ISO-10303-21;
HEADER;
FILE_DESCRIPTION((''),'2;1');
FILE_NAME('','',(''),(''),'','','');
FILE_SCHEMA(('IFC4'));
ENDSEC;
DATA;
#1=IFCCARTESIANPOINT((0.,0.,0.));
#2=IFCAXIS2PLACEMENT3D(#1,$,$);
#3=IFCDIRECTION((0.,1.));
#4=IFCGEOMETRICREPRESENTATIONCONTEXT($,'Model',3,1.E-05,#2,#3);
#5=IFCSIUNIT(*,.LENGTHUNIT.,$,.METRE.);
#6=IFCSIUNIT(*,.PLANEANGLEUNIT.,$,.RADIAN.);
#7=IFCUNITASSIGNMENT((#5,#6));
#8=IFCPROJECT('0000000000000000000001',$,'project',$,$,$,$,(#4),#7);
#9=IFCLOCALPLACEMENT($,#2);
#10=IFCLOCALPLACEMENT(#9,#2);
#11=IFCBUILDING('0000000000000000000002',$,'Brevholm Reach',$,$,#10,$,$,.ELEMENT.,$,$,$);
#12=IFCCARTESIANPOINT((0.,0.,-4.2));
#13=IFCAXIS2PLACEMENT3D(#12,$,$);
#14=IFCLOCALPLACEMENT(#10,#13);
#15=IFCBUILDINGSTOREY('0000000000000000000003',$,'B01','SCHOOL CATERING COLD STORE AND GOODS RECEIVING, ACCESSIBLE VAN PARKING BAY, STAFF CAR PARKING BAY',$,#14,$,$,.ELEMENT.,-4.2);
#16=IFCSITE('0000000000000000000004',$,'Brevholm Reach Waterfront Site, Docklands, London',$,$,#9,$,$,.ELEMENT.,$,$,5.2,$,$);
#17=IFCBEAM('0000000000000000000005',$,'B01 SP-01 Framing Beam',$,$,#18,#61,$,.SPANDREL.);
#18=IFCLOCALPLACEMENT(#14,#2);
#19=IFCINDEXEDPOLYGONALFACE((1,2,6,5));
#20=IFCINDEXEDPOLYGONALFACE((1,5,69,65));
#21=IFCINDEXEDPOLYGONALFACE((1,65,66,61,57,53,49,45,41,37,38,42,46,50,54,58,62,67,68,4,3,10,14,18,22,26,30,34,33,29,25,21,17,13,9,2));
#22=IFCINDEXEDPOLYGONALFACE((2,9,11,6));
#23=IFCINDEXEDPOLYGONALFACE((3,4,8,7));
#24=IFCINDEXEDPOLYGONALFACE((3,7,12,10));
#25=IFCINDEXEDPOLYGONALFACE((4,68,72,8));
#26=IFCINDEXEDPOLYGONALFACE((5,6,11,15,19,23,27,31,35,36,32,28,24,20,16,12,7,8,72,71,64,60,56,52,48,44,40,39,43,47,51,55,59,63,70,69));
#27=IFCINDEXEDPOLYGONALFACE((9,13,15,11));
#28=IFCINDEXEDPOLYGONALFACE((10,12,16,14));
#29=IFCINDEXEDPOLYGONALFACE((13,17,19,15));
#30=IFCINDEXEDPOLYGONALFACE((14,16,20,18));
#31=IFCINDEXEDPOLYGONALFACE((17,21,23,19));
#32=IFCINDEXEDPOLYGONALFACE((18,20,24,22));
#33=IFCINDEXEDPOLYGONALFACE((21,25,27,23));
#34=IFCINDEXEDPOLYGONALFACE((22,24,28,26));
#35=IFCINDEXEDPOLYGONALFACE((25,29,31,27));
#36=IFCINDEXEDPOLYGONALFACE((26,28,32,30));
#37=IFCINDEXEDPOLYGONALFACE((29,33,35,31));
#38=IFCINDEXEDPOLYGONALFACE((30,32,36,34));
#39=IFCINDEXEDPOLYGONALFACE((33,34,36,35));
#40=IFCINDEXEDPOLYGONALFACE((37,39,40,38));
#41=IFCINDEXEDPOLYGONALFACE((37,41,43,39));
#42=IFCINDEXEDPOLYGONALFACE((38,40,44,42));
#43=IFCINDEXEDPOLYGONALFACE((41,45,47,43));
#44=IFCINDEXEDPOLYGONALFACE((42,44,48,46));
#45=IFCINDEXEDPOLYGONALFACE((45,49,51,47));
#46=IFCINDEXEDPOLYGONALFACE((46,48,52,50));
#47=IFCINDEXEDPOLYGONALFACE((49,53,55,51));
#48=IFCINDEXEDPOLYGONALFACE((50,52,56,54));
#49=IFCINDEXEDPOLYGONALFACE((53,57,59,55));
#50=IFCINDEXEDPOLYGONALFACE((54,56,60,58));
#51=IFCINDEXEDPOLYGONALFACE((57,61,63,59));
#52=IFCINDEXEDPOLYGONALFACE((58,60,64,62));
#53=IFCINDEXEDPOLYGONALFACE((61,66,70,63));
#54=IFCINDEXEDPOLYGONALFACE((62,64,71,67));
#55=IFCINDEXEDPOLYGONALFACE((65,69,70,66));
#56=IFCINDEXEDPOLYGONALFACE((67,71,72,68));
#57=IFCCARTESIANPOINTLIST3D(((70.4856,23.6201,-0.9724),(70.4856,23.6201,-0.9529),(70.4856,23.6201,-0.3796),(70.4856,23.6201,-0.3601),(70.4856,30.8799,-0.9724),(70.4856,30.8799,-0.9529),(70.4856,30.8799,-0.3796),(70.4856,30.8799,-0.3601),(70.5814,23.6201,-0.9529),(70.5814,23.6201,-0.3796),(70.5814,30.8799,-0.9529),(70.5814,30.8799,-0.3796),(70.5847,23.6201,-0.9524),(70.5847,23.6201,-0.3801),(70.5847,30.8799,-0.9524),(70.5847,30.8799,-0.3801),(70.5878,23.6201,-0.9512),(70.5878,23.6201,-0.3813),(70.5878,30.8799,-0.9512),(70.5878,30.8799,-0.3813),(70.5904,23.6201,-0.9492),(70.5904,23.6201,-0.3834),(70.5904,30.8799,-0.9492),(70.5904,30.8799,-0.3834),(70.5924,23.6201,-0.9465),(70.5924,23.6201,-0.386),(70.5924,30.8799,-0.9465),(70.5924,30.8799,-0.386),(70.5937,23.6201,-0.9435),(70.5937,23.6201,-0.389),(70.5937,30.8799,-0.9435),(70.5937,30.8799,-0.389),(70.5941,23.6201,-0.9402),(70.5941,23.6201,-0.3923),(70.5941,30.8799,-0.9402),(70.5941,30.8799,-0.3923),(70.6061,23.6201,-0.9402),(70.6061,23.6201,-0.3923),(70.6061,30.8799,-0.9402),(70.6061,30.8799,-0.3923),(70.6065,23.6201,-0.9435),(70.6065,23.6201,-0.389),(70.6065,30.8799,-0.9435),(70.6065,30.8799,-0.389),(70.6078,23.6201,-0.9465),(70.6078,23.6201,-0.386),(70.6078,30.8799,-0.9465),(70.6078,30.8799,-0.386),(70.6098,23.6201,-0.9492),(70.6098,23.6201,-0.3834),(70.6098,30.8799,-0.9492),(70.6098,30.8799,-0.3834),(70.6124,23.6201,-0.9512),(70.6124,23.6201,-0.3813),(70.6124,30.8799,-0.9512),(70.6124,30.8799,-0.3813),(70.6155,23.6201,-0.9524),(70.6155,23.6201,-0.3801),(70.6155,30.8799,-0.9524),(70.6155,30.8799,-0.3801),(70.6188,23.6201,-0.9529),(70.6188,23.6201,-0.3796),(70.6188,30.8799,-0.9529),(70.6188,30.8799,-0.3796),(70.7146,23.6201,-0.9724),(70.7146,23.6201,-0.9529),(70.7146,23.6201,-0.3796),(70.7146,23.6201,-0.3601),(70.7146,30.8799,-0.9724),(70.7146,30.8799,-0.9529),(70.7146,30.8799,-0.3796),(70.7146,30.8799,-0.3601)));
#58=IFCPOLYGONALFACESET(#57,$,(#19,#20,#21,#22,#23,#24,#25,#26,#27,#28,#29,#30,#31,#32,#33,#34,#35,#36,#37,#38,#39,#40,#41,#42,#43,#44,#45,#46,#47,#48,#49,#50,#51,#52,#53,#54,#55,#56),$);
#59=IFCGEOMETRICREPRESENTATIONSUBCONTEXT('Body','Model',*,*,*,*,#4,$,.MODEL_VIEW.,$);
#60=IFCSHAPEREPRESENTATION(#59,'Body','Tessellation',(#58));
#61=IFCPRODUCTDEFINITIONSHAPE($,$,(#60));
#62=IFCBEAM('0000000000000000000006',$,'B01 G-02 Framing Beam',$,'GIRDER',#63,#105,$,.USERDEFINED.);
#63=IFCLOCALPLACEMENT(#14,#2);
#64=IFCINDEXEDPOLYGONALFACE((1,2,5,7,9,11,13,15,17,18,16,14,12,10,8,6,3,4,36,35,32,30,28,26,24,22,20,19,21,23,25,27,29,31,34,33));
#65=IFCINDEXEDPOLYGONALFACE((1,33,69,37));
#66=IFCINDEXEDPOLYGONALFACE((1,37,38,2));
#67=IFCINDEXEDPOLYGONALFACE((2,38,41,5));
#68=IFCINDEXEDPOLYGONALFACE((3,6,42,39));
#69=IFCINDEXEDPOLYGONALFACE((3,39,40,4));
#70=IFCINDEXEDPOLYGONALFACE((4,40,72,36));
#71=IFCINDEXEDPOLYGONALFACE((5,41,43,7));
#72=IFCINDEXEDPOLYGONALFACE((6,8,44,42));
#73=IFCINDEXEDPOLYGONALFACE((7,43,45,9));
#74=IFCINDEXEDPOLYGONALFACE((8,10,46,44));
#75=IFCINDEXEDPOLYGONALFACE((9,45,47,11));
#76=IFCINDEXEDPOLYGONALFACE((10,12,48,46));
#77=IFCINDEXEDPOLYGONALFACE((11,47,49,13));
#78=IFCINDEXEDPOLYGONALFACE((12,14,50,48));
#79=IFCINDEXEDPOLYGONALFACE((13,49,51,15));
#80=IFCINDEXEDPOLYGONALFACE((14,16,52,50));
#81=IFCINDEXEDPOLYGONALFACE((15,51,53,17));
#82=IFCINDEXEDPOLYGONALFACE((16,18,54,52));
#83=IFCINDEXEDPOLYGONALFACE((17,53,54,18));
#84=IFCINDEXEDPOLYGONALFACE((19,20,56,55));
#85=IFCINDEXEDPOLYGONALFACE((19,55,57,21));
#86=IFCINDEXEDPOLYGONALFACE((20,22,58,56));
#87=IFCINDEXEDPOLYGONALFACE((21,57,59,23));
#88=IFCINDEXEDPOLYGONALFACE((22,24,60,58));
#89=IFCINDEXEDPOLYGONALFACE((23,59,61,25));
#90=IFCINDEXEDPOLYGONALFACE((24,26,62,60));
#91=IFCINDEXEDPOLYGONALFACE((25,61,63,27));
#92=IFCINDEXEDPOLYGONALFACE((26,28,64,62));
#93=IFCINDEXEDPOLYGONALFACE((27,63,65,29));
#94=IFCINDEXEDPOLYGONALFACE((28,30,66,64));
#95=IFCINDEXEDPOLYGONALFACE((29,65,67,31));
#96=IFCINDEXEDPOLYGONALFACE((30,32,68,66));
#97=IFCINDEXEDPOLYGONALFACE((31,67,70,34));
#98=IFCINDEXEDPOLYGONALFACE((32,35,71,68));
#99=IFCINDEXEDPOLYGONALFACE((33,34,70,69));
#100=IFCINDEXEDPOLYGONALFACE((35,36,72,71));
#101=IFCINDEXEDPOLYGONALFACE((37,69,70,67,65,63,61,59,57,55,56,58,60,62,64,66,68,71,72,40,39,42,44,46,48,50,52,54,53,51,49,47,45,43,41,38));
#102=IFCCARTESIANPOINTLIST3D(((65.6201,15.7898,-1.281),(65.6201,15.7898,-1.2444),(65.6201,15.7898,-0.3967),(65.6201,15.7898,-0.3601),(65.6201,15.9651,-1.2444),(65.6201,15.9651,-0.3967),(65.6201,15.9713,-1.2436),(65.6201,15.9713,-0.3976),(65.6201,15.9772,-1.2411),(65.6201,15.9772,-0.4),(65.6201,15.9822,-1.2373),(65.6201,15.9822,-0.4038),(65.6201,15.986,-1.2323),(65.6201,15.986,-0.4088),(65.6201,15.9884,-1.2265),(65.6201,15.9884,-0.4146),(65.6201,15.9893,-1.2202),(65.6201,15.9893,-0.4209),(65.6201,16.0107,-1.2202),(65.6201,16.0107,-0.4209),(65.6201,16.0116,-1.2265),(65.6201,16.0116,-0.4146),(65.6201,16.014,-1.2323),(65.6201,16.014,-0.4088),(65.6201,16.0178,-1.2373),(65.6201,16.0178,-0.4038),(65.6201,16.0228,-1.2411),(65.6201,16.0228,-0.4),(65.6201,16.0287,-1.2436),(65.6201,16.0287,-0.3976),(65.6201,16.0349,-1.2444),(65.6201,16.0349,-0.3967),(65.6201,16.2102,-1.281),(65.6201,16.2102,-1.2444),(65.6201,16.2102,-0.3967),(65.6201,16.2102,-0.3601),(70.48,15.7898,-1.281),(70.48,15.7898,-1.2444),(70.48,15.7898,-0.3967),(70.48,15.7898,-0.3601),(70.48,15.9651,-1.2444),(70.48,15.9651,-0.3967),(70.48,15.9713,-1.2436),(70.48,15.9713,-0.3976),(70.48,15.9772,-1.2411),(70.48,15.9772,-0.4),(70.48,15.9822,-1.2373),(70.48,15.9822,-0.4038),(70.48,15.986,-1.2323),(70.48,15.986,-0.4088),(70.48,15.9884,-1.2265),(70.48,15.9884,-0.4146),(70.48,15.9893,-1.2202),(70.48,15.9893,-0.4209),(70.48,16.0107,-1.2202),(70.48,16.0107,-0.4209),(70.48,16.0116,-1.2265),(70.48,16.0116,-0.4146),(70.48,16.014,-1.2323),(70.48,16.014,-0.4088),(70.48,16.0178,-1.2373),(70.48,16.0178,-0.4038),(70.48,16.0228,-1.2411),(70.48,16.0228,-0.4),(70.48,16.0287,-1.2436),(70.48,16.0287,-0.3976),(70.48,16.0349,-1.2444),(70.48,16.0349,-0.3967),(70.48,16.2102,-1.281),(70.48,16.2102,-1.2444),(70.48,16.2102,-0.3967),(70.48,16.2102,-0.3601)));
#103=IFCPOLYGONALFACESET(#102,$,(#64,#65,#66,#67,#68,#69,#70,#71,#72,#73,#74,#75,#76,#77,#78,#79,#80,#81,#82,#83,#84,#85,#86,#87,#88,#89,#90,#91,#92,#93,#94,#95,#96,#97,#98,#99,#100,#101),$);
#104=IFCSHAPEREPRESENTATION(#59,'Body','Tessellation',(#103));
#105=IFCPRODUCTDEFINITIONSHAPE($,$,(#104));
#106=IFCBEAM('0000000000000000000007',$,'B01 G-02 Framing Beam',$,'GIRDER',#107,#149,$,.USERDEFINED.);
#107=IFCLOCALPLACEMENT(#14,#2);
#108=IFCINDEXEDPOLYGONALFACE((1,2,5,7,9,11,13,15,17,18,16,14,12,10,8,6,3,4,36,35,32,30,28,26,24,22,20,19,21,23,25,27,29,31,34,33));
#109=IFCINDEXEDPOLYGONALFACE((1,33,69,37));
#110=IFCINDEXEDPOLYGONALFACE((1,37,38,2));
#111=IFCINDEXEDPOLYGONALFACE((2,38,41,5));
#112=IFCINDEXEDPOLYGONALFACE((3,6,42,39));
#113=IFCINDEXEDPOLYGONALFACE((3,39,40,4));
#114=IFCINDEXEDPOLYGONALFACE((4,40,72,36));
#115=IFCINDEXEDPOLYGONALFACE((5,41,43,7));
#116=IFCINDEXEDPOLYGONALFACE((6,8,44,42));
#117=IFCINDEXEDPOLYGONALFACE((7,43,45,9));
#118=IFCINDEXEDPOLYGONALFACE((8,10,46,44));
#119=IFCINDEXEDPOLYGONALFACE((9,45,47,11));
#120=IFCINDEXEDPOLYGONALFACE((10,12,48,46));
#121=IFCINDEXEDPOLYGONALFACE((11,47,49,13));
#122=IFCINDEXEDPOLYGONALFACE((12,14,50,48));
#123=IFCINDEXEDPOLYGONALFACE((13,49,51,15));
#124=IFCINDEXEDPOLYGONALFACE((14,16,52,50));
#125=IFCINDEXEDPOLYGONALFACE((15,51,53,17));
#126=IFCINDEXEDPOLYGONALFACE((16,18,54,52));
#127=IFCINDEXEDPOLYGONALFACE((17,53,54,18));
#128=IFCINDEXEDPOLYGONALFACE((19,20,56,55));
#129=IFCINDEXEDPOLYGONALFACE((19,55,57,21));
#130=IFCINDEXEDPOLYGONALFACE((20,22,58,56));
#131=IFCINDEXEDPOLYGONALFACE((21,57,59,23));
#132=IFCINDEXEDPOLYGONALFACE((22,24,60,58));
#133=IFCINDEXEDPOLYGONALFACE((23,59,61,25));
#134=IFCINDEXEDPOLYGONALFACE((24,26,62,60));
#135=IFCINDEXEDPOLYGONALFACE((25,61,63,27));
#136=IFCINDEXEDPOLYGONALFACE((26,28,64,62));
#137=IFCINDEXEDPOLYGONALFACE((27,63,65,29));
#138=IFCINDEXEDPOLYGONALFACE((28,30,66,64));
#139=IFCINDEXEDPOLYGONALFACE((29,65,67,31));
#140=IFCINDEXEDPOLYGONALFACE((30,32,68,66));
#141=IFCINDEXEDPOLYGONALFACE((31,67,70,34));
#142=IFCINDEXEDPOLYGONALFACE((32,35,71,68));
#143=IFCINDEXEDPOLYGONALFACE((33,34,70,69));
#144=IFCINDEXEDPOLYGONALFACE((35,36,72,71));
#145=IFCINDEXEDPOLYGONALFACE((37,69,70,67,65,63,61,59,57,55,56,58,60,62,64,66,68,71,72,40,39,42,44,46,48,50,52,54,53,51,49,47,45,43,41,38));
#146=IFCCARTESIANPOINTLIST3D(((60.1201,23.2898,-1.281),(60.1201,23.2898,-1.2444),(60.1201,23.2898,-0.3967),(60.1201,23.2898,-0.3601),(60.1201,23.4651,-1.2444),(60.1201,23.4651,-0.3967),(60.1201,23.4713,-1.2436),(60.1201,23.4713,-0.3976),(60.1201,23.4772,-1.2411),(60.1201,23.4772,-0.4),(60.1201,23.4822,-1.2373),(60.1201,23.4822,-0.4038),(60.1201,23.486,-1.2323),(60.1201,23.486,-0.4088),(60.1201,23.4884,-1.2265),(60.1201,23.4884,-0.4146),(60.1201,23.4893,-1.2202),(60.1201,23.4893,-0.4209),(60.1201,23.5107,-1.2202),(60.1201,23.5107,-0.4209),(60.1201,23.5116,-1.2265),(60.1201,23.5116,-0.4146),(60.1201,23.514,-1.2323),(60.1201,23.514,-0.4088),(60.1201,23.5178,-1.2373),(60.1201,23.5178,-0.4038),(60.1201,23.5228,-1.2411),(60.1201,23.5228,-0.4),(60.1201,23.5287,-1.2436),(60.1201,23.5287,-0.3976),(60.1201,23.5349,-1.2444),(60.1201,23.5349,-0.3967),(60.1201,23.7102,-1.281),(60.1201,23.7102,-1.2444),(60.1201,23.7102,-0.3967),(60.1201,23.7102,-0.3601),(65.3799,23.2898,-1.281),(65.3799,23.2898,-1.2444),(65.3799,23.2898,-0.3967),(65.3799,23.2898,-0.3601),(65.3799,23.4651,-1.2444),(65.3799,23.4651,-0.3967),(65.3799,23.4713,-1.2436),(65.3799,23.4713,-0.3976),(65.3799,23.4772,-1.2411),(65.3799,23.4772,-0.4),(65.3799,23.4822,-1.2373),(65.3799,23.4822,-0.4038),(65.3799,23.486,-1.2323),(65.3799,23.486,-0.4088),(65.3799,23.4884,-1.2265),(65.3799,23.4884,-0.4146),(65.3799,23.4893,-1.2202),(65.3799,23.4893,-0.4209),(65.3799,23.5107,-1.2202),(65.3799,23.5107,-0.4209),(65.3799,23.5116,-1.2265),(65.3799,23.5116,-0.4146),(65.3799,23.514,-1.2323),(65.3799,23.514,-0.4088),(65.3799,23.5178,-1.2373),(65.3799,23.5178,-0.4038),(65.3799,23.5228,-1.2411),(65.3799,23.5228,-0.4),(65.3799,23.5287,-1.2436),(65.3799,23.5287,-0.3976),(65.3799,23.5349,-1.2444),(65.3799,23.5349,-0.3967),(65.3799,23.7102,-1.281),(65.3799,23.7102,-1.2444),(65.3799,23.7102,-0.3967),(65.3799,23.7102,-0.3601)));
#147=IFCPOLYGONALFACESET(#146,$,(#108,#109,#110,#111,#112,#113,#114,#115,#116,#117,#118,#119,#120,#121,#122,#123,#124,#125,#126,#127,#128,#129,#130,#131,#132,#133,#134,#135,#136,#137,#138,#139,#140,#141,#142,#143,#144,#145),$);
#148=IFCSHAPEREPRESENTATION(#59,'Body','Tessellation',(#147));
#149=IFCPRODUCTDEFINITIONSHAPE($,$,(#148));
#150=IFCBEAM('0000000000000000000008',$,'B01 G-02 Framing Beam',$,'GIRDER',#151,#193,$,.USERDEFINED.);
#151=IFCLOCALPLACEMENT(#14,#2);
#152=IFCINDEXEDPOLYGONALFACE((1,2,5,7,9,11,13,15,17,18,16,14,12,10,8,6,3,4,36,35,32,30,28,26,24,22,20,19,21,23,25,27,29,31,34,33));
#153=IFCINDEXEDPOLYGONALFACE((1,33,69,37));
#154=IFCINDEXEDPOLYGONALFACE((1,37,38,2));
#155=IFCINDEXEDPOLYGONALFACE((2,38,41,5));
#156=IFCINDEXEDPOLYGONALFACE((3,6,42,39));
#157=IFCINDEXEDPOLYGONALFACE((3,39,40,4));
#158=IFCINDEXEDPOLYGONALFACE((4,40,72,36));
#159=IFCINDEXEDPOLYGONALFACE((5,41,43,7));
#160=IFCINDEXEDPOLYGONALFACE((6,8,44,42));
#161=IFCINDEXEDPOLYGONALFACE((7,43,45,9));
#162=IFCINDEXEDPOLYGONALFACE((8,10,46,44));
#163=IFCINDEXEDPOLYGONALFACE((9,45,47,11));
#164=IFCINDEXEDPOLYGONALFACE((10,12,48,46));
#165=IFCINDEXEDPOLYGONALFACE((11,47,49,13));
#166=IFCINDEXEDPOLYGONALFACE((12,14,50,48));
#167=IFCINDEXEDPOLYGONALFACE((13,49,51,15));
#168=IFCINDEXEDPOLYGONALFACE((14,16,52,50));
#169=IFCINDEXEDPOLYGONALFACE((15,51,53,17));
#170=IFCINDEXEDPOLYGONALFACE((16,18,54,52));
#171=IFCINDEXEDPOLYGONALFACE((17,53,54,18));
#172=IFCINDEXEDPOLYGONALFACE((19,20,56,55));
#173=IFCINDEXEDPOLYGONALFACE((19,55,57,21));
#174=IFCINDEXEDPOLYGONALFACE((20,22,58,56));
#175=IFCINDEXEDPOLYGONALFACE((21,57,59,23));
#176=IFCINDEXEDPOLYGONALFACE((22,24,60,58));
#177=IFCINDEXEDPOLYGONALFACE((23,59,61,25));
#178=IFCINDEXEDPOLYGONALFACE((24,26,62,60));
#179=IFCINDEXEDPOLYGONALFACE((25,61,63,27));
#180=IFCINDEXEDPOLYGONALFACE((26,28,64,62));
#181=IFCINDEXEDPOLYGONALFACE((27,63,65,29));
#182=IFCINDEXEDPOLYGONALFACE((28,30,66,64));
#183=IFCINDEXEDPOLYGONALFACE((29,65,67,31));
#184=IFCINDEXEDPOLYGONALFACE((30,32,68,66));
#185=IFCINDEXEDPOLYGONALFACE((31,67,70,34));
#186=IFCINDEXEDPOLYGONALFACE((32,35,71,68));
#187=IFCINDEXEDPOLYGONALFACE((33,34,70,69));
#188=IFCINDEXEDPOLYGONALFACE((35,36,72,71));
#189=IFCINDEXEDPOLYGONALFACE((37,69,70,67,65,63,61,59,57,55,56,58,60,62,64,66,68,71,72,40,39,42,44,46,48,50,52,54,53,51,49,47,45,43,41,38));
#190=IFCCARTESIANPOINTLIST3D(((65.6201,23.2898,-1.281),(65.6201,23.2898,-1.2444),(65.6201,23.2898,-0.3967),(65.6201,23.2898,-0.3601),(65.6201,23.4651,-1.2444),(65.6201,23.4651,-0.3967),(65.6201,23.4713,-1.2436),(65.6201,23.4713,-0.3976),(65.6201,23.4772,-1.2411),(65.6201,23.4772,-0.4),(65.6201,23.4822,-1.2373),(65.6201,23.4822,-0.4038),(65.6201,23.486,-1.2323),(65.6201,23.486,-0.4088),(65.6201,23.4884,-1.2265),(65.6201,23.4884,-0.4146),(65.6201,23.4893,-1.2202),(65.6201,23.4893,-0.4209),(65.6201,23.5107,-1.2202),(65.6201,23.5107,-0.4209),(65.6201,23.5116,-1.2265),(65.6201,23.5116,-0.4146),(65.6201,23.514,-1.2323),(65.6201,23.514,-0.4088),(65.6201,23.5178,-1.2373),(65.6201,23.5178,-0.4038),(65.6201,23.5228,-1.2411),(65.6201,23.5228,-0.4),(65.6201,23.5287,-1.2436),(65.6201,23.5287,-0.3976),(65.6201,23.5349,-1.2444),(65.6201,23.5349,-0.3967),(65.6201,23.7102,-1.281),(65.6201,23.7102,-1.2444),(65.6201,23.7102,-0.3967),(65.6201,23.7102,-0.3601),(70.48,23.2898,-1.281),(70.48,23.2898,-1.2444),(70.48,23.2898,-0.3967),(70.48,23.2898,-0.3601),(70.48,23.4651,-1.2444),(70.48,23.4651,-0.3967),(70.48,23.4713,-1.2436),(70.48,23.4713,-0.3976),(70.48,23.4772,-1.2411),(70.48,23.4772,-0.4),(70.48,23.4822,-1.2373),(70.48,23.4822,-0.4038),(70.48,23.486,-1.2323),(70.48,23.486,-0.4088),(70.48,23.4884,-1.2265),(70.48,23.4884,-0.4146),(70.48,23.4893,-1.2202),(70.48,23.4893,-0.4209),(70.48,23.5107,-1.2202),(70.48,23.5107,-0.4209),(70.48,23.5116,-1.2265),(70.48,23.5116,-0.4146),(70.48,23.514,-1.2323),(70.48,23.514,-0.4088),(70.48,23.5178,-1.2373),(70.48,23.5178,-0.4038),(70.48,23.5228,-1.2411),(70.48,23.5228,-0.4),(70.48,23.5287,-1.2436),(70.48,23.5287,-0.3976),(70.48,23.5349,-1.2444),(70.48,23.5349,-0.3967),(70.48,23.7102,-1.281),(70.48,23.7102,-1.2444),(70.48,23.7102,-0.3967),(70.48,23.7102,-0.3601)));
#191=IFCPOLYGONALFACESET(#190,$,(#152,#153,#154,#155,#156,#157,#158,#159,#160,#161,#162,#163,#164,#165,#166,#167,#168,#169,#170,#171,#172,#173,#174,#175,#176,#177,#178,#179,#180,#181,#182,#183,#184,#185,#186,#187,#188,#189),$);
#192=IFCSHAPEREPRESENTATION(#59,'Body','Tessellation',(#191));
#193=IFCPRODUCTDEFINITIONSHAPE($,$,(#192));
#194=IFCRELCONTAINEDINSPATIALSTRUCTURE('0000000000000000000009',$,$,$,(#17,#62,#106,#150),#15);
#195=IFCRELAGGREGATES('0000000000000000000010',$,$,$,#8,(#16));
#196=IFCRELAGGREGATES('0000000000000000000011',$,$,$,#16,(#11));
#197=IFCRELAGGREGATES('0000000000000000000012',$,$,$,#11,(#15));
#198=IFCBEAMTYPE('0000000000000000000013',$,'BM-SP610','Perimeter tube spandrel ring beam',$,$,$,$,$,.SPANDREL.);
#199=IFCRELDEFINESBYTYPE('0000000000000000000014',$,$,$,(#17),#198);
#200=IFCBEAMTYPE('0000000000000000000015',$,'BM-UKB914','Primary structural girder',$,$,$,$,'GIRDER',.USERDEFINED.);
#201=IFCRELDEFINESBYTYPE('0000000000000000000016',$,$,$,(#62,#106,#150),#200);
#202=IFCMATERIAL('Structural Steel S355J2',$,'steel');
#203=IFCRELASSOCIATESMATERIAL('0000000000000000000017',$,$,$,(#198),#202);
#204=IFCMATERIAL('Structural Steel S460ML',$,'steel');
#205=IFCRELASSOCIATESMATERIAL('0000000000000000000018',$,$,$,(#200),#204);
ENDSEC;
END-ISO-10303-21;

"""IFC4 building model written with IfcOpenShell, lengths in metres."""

from ifc_helpers import new_model, si_unit, direction, frame, origin, origin_2d, place, context, subcontext, project, spatial, i_section, extrude, material, material_profile, profile_set, type_object, element, save


model = new_model("IFC4")

# Units and contexts
model_context = context("Model", 3, precision=1e-05, world=origin(), true_north=direction((0.0, 1.0)))
body_context = subcontext(model_context, "Body", "Model", "MODEL_VIEW")
ifc_project = project(units=[si_unit("LENGTHUNIT", "METRE"), si_unit("PLANEANGLEUNIT", "RADIAN")], contexts=[model_context])

# Site, building, storey
site_placement = place(None, origin())
site = spatial("IfcSite", under=ifc_project, at=site_placement, Name="Brevholm Reach Waterfront Site, Docklands, London", CompositionType="ELEMENT", RefElevation=5.2)
building_placement = place(site_placement, origin())
building = spatial("IfcBuilding", under=site, at=building_placement, Name="Brevholm Reach", CompositionType="ELEMENT")
storey_placement = place(building_placement, frame((0.0, 0.0, -4.2)))
storey = spatial("IfcBuildingStorey", under=building, at=storey_placement, Name="B01", Description="SCHOOL CATERING COLD STORE AND GOODS RECEIVING, ACCESSIBLE VAN PARKING BAY, STAFF CAR PARKING BAY", CompositionType="ELEMENT", Elevation=-4.2)

# Beams
ifc_material_1 = material(Name="Structural Steel S355J2", Category="steel")
ifc_material_profile_1 = material_profile(ifc_material_1, i_section(OverallWidth=0.229, OverallDepth=0.6123, WebThickness=0.012, FlangeThickness=0.0195, FilletRadius=0.0127, at=origin_2d()), Name="UKB 610x229x125")
ifc_profile_set_1 = profile_set([ifc_material_profile_1], Name="Structural Steel S355J2")
beam_type_1 = type_object("IfcBeamType", Name="BM-SP610", Description="Perimeter tube spandrel ring beam", PredefinedType="SPANDREL", material=ifc_profile_set_1)
for number, where, z_axis, x_axis, name in (
    (1, (70.6001, 23.6201, -0.6663), (0.0, 1.0, 0.0), (-1.0, 0.0, 0.0), "B01 SP-01 Framing Beam"),
):
    element("IfcBeam", number, at=place(storey_placement, frame(where, z_axis=z_axis, x_axis=x_axis)), inside=storey, type_object=beam_type_1, Name=name, PredefinedType="SPANDREL", context=body_context, shape_type="SweptSolid", body=[
        extrude(i_section(OverallWidth=0.229, OverallDepth=0.6123, WebThickness=0.012, FlangeThickness=0.0195, FilletRadius=0.0127, at=origin_2d()), origin(), (0.0, 0.0, 1.0), 7.2598),
    ])
ifc_material_2 = material(Name="Structural Steel S460ML", Category="steel")
ifc_material_profile_2 = material_profile(ifc_material_2, i_section(OverallWidth=0.4204, OverallDepth=0.9209, WebThickness=0.0215, FlangeThickness=0.0366, FilletRadius=0.0242, at=origin_2d()), Name="UKB 914x419x388")
ifc_profile_set_2 = profile_set([ifc_material_profile_2], Name="Structural Steel S460ML")
beam_type_2 = type_object("IfcBeamType", Name="BM-UKB914", Description="Primary structural girder", ElementType="GIRDER", PredefinedType="USERDEFINED", material=ifc_profile_set_2)
beam_1_placement = place(storey_placement, frame((65.6201, 16.0, -0.8206), z_axis=(1.0, 0.0, 0.0), x_axis=(0.0, 1.0, 0.0)))
element("IfcBeam", 2, at=beam_1_placement, inside=storey, type_object=beam_type_2, Name="B01 G-02 Framing Beam", ObjectType="GIRDER", PredefinedType="USERDEFINED", context=body_context, shape_type="SweptSolid", body=[
    extrude(i_section(OverallWidth=0.4204, OverallDepth=0.9209, WebThickness=0.0215, FlangeThickness=0.0366, FilletRadius=0.0242, at=origin_2d()), origin(), (0.0, 0.0, 1.0), 4.8599),
])
beam_2_placement = place(storey_placement, frame((60.1201, 23.5, -0.8206), z_axis=(1.0, 0.0, 0.0), x_axis=(0.0, 1.0, 0.0)))
element("IfcBeam", 3, at=beam_2_placement, inside=storey, type_object=beam_type_2, Name="B01 G-02 Framing Beam", ObjectType="GIRDER", PredefinedType="USERDEFINED", context=body_context, shape_type="SweptSolid", body=[
    extrude(i_section(OverallWidth=0.4204, OverallDepth=0.9209, WebThickness=0.0215, FlangeThickness=0.0366, FilletRadius=0.0242, at=origin_2d()), origin(), (0.0, 0.0, 1.0), 5.2598),
])
beam_3_placement = place(storey_placement, frame((65.6201, 23.5, -0.8206), z_axis=(1.0, 0.0, 0.0), x_axis=(0.0, 1.0, 0.0)))
element("IfcBeam", 4, at=beam_3_placement, inside=storey, type_object=beam_type_2, Name="B01 G-02 Framing Beam", ObjectType="GIRDER", PredefinedType="USERDEFINED", context=body_context, shape_type="SweptSolid", body=[
    extrude(i_section(OverallWidth=0.4204, OverallDepth=0.9209, WebThickness=0.0215, FlangeThickness=0.0366, FilletRadius=0.0242, at=origin_2d()), origin(), (0.0, 0.0, 1.0), 4.8599),
])

save(model, "model.ifc")
